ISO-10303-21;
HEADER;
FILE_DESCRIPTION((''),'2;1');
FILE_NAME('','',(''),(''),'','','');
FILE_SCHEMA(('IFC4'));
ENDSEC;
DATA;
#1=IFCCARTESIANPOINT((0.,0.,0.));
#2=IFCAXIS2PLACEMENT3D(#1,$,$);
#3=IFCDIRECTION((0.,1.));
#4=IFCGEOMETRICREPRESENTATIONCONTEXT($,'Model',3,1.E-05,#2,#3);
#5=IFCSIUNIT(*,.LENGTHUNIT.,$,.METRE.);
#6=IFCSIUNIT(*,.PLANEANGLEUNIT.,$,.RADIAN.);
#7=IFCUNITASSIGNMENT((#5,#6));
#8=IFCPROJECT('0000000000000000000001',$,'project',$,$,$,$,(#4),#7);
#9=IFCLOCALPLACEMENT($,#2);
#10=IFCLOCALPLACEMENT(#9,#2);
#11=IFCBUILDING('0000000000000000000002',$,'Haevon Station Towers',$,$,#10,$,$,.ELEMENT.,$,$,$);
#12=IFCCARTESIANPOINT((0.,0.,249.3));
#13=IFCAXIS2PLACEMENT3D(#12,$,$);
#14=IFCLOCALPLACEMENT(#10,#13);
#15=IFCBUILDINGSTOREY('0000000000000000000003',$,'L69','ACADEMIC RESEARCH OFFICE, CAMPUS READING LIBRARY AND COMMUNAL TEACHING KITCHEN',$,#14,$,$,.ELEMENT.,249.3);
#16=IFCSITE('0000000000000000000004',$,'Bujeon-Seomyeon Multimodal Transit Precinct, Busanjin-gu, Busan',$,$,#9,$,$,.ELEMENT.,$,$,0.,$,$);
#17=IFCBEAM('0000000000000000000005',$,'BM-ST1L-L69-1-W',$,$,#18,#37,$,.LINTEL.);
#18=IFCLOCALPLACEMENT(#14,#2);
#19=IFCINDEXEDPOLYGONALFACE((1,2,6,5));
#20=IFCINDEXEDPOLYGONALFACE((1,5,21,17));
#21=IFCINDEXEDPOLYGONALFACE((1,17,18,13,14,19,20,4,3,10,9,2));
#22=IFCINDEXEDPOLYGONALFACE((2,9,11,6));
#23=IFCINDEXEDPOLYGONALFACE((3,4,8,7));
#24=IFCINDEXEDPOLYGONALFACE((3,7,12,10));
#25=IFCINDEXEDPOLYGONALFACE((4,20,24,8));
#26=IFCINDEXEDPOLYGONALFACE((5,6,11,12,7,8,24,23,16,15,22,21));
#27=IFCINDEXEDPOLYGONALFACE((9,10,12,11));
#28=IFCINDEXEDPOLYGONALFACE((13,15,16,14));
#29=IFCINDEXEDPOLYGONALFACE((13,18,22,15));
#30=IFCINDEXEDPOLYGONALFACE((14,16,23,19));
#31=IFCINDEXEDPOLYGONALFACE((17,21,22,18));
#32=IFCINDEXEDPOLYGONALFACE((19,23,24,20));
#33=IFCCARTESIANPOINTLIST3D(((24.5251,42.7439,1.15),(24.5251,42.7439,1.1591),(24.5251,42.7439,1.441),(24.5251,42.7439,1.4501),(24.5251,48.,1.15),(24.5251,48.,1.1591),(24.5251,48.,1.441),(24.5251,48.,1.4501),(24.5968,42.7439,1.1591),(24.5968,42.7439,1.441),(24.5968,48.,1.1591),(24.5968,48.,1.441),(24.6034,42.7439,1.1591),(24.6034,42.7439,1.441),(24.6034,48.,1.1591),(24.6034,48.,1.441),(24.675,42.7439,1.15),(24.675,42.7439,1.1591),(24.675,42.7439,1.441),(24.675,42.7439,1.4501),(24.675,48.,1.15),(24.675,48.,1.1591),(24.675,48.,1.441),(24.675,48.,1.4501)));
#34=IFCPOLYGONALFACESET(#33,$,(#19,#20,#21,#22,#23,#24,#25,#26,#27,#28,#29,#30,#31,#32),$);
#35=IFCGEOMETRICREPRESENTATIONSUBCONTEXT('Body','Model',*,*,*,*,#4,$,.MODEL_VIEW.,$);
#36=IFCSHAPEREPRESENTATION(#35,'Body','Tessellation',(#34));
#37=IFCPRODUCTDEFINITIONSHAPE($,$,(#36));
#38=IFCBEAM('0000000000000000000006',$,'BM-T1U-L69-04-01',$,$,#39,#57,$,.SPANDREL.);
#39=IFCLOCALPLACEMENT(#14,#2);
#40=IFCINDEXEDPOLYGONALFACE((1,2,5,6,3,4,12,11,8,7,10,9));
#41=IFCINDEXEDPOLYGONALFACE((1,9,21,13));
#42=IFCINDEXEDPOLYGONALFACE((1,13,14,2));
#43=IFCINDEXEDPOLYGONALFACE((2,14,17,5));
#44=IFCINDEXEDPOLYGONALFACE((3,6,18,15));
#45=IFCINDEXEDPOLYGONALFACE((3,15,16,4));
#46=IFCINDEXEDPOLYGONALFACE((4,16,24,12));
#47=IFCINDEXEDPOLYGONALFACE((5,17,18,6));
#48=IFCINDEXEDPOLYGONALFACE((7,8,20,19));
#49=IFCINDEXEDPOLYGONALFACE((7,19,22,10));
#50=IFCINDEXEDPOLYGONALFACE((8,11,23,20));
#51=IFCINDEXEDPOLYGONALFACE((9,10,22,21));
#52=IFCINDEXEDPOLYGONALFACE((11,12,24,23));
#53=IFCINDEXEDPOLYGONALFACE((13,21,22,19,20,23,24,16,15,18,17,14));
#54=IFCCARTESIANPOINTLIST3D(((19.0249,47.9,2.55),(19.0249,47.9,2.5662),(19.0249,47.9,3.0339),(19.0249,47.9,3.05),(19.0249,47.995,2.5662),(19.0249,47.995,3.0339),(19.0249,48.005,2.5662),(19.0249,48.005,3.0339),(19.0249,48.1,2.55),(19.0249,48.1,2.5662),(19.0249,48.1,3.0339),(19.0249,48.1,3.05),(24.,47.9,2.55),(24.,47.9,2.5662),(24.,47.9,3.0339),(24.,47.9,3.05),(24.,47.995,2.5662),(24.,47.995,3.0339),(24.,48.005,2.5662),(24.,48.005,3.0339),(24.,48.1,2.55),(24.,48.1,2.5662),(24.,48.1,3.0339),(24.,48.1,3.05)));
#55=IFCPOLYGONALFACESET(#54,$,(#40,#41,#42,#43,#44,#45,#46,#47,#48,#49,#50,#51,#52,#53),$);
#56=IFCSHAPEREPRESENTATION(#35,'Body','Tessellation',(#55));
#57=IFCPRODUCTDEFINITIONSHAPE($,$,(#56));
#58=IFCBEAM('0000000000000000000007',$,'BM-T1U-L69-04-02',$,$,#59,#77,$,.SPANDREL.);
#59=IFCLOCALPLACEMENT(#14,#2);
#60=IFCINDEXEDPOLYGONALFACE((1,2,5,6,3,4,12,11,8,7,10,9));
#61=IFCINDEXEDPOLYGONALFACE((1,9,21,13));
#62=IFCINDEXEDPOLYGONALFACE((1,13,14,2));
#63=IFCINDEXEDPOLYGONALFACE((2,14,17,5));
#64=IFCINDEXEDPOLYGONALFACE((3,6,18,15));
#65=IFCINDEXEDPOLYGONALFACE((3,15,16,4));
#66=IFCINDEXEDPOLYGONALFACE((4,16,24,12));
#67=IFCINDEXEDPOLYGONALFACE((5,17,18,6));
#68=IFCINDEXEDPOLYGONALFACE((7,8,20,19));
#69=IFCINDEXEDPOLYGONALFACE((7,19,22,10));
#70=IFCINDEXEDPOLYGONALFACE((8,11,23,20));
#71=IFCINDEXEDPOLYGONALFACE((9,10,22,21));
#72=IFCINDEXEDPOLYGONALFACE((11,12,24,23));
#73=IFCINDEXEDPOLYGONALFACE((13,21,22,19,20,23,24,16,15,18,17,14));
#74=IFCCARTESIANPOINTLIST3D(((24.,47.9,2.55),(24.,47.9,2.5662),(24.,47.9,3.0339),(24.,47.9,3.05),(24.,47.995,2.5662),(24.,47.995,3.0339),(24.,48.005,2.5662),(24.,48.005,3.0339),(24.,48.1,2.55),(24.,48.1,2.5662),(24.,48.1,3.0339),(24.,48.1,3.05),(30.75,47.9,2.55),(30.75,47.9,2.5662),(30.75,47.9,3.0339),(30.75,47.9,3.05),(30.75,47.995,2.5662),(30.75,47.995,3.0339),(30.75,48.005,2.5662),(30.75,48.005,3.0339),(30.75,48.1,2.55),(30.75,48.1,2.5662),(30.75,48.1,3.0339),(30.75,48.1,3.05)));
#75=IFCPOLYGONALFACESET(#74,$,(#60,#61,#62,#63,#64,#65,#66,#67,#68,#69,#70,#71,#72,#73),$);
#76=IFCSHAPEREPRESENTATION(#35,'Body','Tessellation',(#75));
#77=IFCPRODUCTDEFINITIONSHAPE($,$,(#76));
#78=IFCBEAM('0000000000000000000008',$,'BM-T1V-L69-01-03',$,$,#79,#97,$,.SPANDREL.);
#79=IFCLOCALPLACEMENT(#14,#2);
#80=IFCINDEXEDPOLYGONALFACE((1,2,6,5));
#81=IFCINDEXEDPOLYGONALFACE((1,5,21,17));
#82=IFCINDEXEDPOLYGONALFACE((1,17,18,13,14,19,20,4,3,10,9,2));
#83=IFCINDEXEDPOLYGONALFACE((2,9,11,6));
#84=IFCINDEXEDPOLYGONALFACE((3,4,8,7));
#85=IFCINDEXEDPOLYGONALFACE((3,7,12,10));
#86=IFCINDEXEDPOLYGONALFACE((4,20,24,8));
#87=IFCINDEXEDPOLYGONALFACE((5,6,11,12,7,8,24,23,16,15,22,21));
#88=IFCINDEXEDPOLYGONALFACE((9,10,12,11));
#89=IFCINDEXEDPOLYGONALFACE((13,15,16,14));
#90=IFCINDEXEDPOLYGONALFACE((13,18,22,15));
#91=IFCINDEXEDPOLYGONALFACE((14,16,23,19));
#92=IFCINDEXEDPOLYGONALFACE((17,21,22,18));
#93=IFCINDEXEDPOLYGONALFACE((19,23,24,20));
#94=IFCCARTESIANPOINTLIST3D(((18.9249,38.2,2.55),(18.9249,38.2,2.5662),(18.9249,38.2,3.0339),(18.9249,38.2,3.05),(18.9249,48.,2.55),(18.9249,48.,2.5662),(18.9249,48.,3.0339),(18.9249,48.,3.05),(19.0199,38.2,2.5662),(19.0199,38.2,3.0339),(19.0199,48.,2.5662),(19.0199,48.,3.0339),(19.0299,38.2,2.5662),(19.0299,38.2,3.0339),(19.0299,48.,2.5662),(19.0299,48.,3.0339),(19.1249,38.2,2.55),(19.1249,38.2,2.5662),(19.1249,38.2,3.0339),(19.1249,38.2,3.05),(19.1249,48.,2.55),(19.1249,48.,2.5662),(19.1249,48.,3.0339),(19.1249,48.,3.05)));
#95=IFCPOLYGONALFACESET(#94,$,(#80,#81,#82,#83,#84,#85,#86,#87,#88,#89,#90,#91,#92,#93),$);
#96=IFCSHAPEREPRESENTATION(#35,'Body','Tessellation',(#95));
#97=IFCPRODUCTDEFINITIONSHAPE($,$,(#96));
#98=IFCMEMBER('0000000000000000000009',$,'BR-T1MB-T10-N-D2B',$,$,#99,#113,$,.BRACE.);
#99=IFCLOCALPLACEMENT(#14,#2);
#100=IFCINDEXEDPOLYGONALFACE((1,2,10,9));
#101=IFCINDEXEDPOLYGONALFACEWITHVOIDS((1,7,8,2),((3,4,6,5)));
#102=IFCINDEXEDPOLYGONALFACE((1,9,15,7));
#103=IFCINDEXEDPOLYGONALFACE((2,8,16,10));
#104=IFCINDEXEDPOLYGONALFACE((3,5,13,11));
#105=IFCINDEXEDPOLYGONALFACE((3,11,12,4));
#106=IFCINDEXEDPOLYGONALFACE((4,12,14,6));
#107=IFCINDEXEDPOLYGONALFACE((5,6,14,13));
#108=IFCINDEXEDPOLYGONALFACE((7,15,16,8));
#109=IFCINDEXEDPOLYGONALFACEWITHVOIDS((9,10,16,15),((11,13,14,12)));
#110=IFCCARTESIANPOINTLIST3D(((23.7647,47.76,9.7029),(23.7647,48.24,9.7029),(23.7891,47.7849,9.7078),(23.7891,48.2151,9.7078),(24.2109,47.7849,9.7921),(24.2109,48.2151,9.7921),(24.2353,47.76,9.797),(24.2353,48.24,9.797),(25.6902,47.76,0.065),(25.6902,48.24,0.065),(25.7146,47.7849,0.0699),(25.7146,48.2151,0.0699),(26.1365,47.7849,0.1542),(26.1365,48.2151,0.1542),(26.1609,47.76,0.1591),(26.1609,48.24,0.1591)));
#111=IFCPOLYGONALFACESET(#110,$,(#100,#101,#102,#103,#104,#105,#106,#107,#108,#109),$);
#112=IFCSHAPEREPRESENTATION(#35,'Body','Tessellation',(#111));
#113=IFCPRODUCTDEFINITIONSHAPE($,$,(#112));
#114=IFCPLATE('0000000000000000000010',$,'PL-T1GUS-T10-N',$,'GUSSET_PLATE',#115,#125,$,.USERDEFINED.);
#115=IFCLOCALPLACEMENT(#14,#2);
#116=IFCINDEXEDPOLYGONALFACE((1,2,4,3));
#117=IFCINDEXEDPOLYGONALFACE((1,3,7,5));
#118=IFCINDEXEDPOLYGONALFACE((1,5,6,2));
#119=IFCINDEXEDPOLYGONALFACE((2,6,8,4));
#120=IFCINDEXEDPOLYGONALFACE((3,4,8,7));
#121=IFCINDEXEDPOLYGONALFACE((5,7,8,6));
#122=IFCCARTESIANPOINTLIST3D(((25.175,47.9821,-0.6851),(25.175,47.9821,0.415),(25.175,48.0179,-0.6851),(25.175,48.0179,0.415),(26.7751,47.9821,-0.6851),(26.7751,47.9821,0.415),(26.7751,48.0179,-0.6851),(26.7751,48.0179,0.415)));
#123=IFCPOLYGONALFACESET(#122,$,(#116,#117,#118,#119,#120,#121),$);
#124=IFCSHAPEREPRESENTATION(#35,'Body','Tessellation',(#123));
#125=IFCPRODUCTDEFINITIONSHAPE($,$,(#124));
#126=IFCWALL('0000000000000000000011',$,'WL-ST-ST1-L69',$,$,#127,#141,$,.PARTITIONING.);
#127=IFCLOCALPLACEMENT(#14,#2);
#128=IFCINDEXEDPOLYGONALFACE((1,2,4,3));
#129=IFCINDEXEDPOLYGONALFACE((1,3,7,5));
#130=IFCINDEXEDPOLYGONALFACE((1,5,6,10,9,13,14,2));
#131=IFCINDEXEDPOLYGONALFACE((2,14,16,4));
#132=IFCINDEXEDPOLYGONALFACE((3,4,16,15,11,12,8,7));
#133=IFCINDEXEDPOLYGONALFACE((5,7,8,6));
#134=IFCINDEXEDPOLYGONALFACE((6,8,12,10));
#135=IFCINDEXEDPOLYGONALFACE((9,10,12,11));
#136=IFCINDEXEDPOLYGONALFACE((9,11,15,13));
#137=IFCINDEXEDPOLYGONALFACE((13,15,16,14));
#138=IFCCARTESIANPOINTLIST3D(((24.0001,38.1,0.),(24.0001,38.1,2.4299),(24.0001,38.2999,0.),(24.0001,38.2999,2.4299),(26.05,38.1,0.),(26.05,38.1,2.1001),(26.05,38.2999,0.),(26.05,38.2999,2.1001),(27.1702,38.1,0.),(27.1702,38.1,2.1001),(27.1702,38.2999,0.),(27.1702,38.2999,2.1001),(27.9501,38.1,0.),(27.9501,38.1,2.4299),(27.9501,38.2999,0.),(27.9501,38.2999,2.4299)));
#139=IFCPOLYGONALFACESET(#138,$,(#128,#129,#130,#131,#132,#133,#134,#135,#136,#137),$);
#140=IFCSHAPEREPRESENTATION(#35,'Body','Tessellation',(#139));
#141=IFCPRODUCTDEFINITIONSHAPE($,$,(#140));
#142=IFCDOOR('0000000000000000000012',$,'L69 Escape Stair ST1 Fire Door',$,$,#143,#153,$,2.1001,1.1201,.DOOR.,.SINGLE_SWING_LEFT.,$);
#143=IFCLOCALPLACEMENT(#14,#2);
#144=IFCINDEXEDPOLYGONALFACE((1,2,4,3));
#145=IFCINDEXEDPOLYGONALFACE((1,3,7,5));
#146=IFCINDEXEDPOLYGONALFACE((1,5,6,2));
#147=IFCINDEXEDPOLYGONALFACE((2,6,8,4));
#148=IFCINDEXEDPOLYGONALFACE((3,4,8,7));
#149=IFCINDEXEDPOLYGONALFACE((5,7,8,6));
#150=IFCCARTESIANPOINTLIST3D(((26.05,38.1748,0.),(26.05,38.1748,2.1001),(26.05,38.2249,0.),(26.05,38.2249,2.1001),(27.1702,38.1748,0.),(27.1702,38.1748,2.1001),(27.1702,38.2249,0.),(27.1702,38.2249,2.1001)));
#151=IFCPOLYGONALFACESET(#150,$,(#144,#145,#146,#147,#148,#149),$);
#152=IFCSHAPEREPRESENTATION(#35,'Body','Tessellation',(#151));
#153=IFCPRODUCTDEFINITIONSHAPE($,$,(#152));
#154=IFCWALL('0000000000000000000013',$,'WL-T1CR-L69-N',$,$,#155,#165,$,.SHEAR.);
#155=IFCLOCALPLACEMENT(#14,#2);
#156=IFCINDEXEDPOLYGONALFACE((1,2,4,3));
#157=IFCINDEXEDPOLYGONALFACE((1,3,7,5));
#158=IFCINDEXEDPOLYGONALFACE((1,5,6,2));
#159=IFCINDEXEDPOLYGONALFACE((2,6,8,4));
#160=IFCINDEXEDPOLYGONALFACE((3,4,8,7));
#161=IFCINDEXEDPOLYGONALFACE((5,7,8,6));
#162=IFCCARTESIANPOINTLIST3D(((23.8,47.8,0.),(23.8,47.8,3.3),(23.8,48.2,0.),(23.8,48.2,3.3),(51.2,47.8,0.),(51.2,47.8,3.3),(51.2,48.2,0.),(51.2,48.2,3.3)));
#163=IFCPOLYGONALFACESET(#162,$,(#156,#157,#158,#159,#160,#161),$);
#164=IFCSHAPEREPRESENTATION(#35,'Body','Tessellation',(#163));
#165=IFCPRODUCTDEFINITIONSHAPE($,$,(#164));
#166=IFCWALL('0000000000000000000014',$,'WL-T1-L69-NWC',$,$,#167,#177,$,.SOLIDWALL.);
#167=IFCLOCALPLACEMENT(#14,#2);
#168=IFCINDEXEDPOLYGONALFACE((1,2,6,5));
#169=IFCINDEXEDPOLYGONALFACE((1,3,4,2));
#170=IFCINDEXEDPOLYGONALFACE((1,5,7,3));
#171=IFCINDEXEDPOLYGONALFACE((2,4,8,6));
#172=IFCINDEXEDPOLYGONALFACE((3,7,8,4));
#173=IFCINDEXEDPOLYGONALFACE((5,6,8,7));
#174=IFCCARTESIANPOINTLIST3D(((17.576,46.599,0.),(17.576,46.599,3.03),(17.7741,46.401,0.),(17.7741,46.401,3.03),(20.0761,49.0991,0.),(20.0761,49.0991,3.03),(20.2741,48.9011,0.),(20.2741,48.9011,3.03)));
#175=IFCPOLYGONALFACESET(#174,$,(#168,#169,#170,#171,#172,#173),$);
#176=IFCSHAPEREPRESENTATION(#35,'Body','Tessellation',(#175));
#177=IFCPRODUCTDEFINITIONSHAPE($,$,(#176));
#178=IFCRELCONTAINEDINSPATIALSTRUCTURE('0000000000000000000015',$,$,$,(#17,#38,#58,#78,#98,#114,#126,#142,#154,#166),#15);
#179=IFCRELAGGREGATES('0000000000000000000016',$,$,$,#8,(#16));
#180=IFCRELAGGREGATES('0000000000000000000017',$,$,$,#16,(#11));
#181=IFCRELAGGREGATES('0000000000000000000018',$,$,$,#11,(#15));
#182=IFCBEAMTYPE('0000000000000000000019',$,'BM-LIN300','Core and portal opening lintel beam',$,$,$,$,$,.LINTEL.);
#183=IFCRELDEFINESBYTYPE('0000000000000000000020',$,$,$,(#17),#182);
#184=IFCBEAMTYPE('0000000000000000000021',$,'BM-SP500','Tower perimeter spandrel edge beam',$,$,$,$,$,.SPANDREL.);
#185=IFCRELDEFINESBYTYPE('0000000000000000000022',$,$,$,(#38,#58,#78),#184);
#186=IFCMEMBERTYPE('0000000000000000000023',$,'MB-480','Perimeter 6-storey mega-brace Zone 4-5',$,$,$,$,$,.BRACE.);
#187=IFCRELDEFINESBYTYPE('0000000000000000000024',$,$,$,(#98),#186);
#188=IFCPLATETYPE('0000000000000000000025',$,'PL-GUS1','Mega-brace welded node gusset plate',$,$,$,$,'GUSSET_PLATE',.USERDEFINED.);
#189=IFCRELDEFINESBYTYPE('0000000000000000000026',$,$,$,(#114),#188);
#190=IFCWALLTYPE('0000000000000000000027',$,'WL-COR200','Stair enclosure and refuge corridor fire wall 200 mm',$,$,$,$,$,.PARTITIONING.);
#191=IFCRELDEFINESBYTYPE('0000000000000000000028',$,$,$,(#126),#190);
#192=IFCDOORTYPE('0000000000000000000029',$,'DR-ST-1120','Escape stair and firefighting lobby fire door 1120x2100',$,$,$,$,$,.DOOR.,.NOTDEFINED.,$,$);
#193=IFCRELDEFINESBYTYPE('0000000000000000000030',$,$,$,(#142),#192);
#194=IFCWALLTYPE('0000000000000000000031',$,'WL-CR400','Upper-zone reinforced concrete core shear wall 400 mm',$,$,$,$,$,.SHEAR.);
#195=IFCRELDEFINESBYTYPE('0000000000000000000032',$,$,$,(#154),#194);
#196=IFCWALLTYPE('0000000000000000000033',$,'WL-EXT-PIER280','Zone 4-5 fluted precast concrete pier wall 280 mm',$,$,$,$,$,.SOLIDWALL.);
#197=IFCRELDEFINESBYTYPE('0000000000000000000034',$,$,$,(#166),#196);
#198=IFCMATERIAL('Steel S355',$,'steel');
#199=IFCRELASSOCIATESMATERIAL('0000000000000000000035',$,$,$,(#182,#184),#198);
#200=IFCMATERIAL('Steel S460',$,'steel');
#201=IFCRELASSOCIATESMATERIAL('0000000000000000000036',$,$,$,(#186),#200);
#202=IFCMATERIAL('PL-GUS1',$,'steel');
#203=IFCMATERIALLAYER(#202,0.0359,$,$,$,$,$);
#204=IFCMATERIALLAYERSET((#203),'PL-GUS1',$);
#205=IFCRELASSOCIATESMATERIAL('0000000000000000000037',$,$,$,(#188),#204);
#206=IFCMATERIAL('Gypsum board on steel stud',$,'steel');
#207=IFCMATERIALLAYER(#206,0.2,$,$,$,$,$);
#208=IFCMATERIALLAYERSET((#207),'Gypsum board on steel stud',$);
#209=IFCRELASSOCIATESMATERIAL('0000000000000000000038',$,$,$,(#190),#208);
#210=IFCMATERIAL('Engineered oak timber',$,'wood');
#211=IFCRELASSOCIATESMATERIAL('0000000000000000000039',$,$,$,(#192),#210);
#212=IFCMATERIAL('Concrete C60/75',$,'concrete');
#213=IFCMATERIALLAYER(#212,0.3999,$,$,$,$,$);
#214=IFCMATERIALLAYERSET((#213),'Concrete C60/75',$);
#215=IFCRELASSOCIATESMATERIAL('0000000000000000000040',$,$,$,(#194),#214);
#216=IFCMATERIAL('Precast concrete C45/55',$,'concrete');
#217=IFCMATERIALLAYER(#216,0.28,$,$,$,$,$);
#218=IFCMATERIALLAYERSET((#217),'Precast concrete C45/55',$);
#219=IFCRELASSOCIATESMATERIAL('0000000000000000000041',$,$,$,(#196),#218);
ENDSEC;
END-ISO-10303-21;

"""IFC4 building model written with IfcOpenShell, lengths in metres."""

from ifc_helpers import new_model, si_unit, direction, frame, frame_2d, origin, origin_2d, place, context, subcontext, project, spatial, rectangle, hollow_rectangle, i_section, extrude, material, layer, layer_set, material_profile, profile_set, type_object, element, fill, save


model = new_model("IFC4")

# Units and contexts
model_context = context("Model", 3, precision=1e-05, world=origin(), true_north=direction((0.0, 1.0)))
body_context = subcontext(model_context, "Body", "Model", "MODEL_VIEW")
ifc_project = project(units=[si_unit("LENGTHUNIT", "METRE"), si_unit("PLANEANGLEUNIT", "RADIAN")], contexts=[model_context])

# Site, building, storey
site_placement = place(None, origin())
site = spatial("IfcSite", under=ifc_project, at=site_placement, Name="Bujeon-Seomyeon Multimodal Transit Precinct, Busanjin-gu, Busan", CompositionType="ELEMENT", RefElevation=0.0)
building_placement = place(site_placement, origin())
building = spatial("IfcBuilding", under=site, at=building_placement, Name="Haevon Station Towers", CompositionType="ELEMENT")
storey_placement = place(building_placement, frame((0.0, 0.0, 249.3)))
storey = spatial("IfcBuildingStorey", under=building, at=storey_placement, Name="L69", Description="ACADEMIC RESEARCH OFFICE, CAMPUS READING LIBRARY AND COMMUNAL TEACHING KITCHEN", CompositionType="ELEMENT", Elevation=249.3)

# Shared definitions
ifc_material_1 = material(Name="Steel S460", Category="steel")
ifc_material_2 = material(Name="Steel S355", Category="steel")

# Beams
ifc_material_profile_1 = material_profile(ifc_material_2, i_section(OverallWidth=0.1499, OverallDepth=0.3, WebThickness=0.0066, FlangeThickness=0.009, at=origin_2d()), Name="H-300x150x6.5x9")
ifc_profile_set_1 = profile_set([ifc_material_profile_1], Name="Steel S355")
beam_type_1 = type_object("IfcBeamType", Name="BM-LIN300", Description="Core and portal opening lintel beam", PredefinedType="LINTEL", material=ifc_profile_set_1)
beam_1_placement = place(storey_placement, frame((24.6001, 42.7439, 1.3), z_axis=(0.0, 1.0, 0.0), x_axis=(-1.0, 0.0, 0.0)))
element("IfcBeam", 1, at=beam_1_placement, inside=storey, type_object=beam_type_1, Name="BM-ST1L-L69-1-W", PredefinedType="LINTEL", context=body_context, shape_type="SweptSolid", body=[
    extrude(i_section(OverallWidth=0.1499, OverallDepth=0.3, WebThickness=0.0066, FlangeThickness=0.009, at=origin_2d()), origin(), (0.0, 0.0, 1.0), 5.2561),
])
ifc_material_profile_2 = material_profile(ifc_material_2, i_section(OverallWidth=0.2, OverallDepth=0.5, WebThickness=0.01, FlangeThickness=0.0161, at=origin_2d()), Name="H-500x200x10x16")
ifc_profile_set_2 = profile_set([ifc_material_profile_2], Name="Steel S355")
beam_type_2 = type_object("IfcBeamType", Name="BM-SP500", Description="Tower perimeter spandrel edge beam", PredefinedType="SPANDREL", material=ifc_profile_set_2)
beam_2_placement = place(storey_placement, frame((19.0249, 48.0, 2.8), z_axis=(1.0, 0.0, 0.0), x_axis=(0.0, 1.0, 0.0)))
element("IfcBeam", 2, at=beam_2_placement, inside=storey, type_object=beam_type_2, Name="BM-T1U-L69-04-01", PredefinedType="SPANDREL", context=body_context, shape_type="SweptSolid", body=[
    extrude(i_section(OverallWidth=0.2, OverallDepth=0.5, WebThickness=0.01, FlangeThickness=0.0161, at=origin_2d()), origin(), (0.0, 0.0, 1.0), 4.9751),
])
beam_3_placement = place(storey_placement, frame((24.0, 48.0, 2.8), z_axis=(1.0, 0.0, 0.0), x_axis=(0.0, 1.0, 0.0)))
element("IfcBeam", 3, at=beam_3_placement, inside=storey, type_object=beam_type_2, Name="BM-T1U-L69-04-02", PredefinedType="SPANDREL", context=body_context, shape_type="SweptSolid", body=[
    extrude(i_section(OverallWidth=0.2, OverallDepth=0.5, WebThickness=0.01, FlangeThickness=0.0161, at=origin_2d()), origin(), (0.0, 0.0, 1.0), 6.75),
])
beam_4_placement = place(storey_placement, frame((19.0249, 38.2, 2.8), z_axis=(0.0, 1.0, 0.0), x_axis=(-1.0, 0.0, 0.0)))
element("IfcBeam", 4, at=beam_4_placement, inside=storey, type_object=beam_type_2, Name="BM-T1V-L69-01-03", PredefinedType="SPANDREL", context=body_context, shape_type="SweptSolid", body=[
    extrude(i_section(OverallWidth=0.2, OverallDepth=0.5, WebThickness=0.01, FlangeThickness=0.0161, at=origin_2d()), origin(), (0.0, 0.0, 1.0), 9.8),
])

# Member
ifc_material_profile_3 = material_profile(ifc_material_1, hollow_rectangle(XDim=0.48, YDim=0.48, WallThickness=0.0249, at=origin_2d()), Name="RHS-480x480x25")
ifc_profile_set_3 = profile_set([ifc_material_profile_3], Name="Steel S460")
member_type = type_object("IfcMemberType", Name="MB-480", Description="Perimeter 6-storey mega-brace Zone 4-5", PredefinedType="BRACE", material=ifc_profile_set_3)
member_placement = place(storey_placement, frame((25.9255, 48.0, 0.1121), z_axis=(-0.195915, 0.0, 0.980621), x_axis=(0.0, -1.0, 0.0)))
element("IfcMember", 5, at=member_placement, inside=storey, type_object=member_type, Name="BR-T1MB-T10-N-D2B", PredefinedType="BRACE", context=body_context, shape_type="SweptSolid", body=[
    extrude(hollow_rectangle(XDim=0.48, YDim=0.48, WallThickness=0.0249, at=origin_2d()), origin(), (0.0, 0.0, 1.0), 9.8284),
])

# Plate
ifc_material_3 = material(Name="PL-GUS1", Category="steel")
ifc_layer_1 = layer(ifc_material_3, 0.0359)
ifc_layer_set_1 = layer_set([ifc_layer_1], Name="PL-GUS1")
plate_type = type_object("IfcPlateType", Name="PL-GUS1", Description="Mega-brace welded node gusset plate", ElementType="GUSSET_PLATE", PredefinedType="USERDEFINED", material=ifc_layer_set_1)
plate_placement = place(storey_placement, frame((25.9751, 48.0, -0.6851), z_axis=(0.0, 0.0, 1.0), x_axis=(1.0, 0.0, 0.0)))
element("IfcPlate", 6, at=plate_placement, inside=storey, type_object=plate_type, Name="PL-T1GUS-T10-N", ObjectType="GUSSET_PLATE", PredefinedType="USERDEFINED", context=body_context, shape_type="SweptSolid", body=[
    extrude(rectangle(XDim=1.6001, YDim=0.0359, at=origin_2d()), origin(), (0.0, 0.0, 1.0), 1.1001),
])

# Wall, opening, door
ifc_material_4 = material(Name="Gypsum board on steel stud", Category="steel")
ifc_layer_2 = layer(ifc_material_4, 0.2)
ifc_layer_set_2 = layer_set([ifc_layer_2], Name="Gypsum board on steel stud")
wall_type_1 = type_object("IfcWallType", Name="WL-COR200", Description="Stair enclosure and refuge corridor fire wall 200 mm", PredefinedType="PARTITIONING", material=ifc_layer_set_2)
wall_1_placement = place(storey_placement, frame((24.0, 38.2, 0.0), z_axis=(0.0, 0.0, 1.0), x_axis=(1.0, 0.0, 0.0)))
wall_1 = element("IfcWall", 7, at=wall_1_placement, inside=storey, type_object=wall_type_1, Name="WL-ST-ST1-L69", PredefinedType="PARTITIONING", context=body_context, shape_type="SweptSolid", body=[
    extrude(rectangle(XDim=3.95, YDim=0.2, at=frame_2d((1.9751, 0.0))), origin(), (0.0, 0.0, 1.0), 2.4299),
])
opening_placement = place(wall_1_placement, frame((2.05, 0.0, 0.0)))
opening = element("IfcOpeningElement", 8, at=opening_placement, cuts=wall_1, PredefinedType="OPENING", context=body_context, shape_type="SweptSolid", body=[
    extrude(rectangle(XDim=1.1201, YDim=2.1001, at=frame_2d((0.5601, 1.05))), frame((0.0, 0.1099, 0.0), z_axis=(0.0, -1.0, 0.0), x_axis=(1.0, 0.0, 0.0)), (0.0, 0.0, 1.0), 0.22),
])
ifc_material_5 = material(Name="Engineered oak timber", Category="wood")
door_type = type_object("IfcDoorType", Name="DR-ST-1120", Description="Escape stair and firefighting lobby fire door 1120x2100", OperationType="NOTDEFINED", PredefinedType="DOOR", material=ifc_material_5)
door_placement = place(opening_placement, origin())
door = element("IfcDoor", 9, at=door_placement, inside=storey, type_object=door_type, Name="L69 Escape Stair ST1 Fire Door", OperationType="SINGLE_SWING_LEFT", OverallHeight=2.1001, OverallWidth=1.1201, PredefinedType="DOOR", context=body_context, shape_type="SweptSolid", body=[
    extrude(rectangle(XDim=1.1201, YDim=2.1001, at=frame_2d((0.5601, 1.05))), frame((0.0, 0.0249, 0.0), z_axis=(0.0, -1.0, 0.0), x_axis=(1.0, 0.0, 0.0)), (0.0, 0.0, 1.0), 0.05),
])
fill(opening, door)

# Walls
ifc_material_6 = material(Name="Concrete C60/75", Category="concrete")
ifc_layer_3 = layer(ifc_material_6, 0.3999)
ifc_layer_set_3 = layer_set([ifc_layer_3], Name="Concrete C60/75")
wall_type_2 = type_object("IfcWallType", Name="WL-CR400", Description="Upper-zone reinforced concrete core shear wall 400 mm", PredefinedType="SHEAR", material=ifc_layer_set_3)
wall_2_placement = place(storey_placement, frame((23.8, 48.0, 0.0), z_axis=(0.0, 0.0, 1.0), x_axis=(1.0, 0.0, 0.0)))
element("IfcWall", 10, at=wall_2_placement, inside=storey, type_object=wall_type_2, Name="WL-T1CR-L69-N", PredefinedType="SHEAR", context=body_context, shape_type="SweptSolid", body=[
    extrude(rectangle(XDim=27.3999, YDim=0.3999, at=frame_2d((13.7, 0.0))), origin(), (0.0, 0.0, 1.0), 3.3),
])
ifc_material_7 = material(Name="Precast concrete C45/55", Category="concrete")
ifc_layer_4 = layer(ifc_material_7, 0.28)
ifc_layer_set_4 = layer_set([ifc_layer_4], Name="Precast concrete C45/55")
wall_type_3 = type_object("IfcWallType", Name="WL-EXT-PIER280", Description="Zone 4-5 fluted precast concrete pier wall 280 mm", PredefinedType="SOLIDWALL", material=ifc_layer_set_4)
wall_3_placement = place(storey_placement, frame((17.675, 46.5, 0.0), z_axis=(0.0, 0.0, 1.0), x_axis=(0.707107, 0.707107, 0.0)))
element("IfcWall", 11, at=wall_3_placement, inside=storey, type_object=wall_type_3, Name="WL-T1-L69-NWC", PredefinedType="SOLIDWALL", context=body_context, shape_type="SweptSolid", body=[
    extrude(rectangle(XDim=3.5356, YDim=0.28, at=frame_2d((1.7678, 0.0))), origin(), (0.0, 0.0, 1.0), 3.03),
])

save(model, "model.ifc")
